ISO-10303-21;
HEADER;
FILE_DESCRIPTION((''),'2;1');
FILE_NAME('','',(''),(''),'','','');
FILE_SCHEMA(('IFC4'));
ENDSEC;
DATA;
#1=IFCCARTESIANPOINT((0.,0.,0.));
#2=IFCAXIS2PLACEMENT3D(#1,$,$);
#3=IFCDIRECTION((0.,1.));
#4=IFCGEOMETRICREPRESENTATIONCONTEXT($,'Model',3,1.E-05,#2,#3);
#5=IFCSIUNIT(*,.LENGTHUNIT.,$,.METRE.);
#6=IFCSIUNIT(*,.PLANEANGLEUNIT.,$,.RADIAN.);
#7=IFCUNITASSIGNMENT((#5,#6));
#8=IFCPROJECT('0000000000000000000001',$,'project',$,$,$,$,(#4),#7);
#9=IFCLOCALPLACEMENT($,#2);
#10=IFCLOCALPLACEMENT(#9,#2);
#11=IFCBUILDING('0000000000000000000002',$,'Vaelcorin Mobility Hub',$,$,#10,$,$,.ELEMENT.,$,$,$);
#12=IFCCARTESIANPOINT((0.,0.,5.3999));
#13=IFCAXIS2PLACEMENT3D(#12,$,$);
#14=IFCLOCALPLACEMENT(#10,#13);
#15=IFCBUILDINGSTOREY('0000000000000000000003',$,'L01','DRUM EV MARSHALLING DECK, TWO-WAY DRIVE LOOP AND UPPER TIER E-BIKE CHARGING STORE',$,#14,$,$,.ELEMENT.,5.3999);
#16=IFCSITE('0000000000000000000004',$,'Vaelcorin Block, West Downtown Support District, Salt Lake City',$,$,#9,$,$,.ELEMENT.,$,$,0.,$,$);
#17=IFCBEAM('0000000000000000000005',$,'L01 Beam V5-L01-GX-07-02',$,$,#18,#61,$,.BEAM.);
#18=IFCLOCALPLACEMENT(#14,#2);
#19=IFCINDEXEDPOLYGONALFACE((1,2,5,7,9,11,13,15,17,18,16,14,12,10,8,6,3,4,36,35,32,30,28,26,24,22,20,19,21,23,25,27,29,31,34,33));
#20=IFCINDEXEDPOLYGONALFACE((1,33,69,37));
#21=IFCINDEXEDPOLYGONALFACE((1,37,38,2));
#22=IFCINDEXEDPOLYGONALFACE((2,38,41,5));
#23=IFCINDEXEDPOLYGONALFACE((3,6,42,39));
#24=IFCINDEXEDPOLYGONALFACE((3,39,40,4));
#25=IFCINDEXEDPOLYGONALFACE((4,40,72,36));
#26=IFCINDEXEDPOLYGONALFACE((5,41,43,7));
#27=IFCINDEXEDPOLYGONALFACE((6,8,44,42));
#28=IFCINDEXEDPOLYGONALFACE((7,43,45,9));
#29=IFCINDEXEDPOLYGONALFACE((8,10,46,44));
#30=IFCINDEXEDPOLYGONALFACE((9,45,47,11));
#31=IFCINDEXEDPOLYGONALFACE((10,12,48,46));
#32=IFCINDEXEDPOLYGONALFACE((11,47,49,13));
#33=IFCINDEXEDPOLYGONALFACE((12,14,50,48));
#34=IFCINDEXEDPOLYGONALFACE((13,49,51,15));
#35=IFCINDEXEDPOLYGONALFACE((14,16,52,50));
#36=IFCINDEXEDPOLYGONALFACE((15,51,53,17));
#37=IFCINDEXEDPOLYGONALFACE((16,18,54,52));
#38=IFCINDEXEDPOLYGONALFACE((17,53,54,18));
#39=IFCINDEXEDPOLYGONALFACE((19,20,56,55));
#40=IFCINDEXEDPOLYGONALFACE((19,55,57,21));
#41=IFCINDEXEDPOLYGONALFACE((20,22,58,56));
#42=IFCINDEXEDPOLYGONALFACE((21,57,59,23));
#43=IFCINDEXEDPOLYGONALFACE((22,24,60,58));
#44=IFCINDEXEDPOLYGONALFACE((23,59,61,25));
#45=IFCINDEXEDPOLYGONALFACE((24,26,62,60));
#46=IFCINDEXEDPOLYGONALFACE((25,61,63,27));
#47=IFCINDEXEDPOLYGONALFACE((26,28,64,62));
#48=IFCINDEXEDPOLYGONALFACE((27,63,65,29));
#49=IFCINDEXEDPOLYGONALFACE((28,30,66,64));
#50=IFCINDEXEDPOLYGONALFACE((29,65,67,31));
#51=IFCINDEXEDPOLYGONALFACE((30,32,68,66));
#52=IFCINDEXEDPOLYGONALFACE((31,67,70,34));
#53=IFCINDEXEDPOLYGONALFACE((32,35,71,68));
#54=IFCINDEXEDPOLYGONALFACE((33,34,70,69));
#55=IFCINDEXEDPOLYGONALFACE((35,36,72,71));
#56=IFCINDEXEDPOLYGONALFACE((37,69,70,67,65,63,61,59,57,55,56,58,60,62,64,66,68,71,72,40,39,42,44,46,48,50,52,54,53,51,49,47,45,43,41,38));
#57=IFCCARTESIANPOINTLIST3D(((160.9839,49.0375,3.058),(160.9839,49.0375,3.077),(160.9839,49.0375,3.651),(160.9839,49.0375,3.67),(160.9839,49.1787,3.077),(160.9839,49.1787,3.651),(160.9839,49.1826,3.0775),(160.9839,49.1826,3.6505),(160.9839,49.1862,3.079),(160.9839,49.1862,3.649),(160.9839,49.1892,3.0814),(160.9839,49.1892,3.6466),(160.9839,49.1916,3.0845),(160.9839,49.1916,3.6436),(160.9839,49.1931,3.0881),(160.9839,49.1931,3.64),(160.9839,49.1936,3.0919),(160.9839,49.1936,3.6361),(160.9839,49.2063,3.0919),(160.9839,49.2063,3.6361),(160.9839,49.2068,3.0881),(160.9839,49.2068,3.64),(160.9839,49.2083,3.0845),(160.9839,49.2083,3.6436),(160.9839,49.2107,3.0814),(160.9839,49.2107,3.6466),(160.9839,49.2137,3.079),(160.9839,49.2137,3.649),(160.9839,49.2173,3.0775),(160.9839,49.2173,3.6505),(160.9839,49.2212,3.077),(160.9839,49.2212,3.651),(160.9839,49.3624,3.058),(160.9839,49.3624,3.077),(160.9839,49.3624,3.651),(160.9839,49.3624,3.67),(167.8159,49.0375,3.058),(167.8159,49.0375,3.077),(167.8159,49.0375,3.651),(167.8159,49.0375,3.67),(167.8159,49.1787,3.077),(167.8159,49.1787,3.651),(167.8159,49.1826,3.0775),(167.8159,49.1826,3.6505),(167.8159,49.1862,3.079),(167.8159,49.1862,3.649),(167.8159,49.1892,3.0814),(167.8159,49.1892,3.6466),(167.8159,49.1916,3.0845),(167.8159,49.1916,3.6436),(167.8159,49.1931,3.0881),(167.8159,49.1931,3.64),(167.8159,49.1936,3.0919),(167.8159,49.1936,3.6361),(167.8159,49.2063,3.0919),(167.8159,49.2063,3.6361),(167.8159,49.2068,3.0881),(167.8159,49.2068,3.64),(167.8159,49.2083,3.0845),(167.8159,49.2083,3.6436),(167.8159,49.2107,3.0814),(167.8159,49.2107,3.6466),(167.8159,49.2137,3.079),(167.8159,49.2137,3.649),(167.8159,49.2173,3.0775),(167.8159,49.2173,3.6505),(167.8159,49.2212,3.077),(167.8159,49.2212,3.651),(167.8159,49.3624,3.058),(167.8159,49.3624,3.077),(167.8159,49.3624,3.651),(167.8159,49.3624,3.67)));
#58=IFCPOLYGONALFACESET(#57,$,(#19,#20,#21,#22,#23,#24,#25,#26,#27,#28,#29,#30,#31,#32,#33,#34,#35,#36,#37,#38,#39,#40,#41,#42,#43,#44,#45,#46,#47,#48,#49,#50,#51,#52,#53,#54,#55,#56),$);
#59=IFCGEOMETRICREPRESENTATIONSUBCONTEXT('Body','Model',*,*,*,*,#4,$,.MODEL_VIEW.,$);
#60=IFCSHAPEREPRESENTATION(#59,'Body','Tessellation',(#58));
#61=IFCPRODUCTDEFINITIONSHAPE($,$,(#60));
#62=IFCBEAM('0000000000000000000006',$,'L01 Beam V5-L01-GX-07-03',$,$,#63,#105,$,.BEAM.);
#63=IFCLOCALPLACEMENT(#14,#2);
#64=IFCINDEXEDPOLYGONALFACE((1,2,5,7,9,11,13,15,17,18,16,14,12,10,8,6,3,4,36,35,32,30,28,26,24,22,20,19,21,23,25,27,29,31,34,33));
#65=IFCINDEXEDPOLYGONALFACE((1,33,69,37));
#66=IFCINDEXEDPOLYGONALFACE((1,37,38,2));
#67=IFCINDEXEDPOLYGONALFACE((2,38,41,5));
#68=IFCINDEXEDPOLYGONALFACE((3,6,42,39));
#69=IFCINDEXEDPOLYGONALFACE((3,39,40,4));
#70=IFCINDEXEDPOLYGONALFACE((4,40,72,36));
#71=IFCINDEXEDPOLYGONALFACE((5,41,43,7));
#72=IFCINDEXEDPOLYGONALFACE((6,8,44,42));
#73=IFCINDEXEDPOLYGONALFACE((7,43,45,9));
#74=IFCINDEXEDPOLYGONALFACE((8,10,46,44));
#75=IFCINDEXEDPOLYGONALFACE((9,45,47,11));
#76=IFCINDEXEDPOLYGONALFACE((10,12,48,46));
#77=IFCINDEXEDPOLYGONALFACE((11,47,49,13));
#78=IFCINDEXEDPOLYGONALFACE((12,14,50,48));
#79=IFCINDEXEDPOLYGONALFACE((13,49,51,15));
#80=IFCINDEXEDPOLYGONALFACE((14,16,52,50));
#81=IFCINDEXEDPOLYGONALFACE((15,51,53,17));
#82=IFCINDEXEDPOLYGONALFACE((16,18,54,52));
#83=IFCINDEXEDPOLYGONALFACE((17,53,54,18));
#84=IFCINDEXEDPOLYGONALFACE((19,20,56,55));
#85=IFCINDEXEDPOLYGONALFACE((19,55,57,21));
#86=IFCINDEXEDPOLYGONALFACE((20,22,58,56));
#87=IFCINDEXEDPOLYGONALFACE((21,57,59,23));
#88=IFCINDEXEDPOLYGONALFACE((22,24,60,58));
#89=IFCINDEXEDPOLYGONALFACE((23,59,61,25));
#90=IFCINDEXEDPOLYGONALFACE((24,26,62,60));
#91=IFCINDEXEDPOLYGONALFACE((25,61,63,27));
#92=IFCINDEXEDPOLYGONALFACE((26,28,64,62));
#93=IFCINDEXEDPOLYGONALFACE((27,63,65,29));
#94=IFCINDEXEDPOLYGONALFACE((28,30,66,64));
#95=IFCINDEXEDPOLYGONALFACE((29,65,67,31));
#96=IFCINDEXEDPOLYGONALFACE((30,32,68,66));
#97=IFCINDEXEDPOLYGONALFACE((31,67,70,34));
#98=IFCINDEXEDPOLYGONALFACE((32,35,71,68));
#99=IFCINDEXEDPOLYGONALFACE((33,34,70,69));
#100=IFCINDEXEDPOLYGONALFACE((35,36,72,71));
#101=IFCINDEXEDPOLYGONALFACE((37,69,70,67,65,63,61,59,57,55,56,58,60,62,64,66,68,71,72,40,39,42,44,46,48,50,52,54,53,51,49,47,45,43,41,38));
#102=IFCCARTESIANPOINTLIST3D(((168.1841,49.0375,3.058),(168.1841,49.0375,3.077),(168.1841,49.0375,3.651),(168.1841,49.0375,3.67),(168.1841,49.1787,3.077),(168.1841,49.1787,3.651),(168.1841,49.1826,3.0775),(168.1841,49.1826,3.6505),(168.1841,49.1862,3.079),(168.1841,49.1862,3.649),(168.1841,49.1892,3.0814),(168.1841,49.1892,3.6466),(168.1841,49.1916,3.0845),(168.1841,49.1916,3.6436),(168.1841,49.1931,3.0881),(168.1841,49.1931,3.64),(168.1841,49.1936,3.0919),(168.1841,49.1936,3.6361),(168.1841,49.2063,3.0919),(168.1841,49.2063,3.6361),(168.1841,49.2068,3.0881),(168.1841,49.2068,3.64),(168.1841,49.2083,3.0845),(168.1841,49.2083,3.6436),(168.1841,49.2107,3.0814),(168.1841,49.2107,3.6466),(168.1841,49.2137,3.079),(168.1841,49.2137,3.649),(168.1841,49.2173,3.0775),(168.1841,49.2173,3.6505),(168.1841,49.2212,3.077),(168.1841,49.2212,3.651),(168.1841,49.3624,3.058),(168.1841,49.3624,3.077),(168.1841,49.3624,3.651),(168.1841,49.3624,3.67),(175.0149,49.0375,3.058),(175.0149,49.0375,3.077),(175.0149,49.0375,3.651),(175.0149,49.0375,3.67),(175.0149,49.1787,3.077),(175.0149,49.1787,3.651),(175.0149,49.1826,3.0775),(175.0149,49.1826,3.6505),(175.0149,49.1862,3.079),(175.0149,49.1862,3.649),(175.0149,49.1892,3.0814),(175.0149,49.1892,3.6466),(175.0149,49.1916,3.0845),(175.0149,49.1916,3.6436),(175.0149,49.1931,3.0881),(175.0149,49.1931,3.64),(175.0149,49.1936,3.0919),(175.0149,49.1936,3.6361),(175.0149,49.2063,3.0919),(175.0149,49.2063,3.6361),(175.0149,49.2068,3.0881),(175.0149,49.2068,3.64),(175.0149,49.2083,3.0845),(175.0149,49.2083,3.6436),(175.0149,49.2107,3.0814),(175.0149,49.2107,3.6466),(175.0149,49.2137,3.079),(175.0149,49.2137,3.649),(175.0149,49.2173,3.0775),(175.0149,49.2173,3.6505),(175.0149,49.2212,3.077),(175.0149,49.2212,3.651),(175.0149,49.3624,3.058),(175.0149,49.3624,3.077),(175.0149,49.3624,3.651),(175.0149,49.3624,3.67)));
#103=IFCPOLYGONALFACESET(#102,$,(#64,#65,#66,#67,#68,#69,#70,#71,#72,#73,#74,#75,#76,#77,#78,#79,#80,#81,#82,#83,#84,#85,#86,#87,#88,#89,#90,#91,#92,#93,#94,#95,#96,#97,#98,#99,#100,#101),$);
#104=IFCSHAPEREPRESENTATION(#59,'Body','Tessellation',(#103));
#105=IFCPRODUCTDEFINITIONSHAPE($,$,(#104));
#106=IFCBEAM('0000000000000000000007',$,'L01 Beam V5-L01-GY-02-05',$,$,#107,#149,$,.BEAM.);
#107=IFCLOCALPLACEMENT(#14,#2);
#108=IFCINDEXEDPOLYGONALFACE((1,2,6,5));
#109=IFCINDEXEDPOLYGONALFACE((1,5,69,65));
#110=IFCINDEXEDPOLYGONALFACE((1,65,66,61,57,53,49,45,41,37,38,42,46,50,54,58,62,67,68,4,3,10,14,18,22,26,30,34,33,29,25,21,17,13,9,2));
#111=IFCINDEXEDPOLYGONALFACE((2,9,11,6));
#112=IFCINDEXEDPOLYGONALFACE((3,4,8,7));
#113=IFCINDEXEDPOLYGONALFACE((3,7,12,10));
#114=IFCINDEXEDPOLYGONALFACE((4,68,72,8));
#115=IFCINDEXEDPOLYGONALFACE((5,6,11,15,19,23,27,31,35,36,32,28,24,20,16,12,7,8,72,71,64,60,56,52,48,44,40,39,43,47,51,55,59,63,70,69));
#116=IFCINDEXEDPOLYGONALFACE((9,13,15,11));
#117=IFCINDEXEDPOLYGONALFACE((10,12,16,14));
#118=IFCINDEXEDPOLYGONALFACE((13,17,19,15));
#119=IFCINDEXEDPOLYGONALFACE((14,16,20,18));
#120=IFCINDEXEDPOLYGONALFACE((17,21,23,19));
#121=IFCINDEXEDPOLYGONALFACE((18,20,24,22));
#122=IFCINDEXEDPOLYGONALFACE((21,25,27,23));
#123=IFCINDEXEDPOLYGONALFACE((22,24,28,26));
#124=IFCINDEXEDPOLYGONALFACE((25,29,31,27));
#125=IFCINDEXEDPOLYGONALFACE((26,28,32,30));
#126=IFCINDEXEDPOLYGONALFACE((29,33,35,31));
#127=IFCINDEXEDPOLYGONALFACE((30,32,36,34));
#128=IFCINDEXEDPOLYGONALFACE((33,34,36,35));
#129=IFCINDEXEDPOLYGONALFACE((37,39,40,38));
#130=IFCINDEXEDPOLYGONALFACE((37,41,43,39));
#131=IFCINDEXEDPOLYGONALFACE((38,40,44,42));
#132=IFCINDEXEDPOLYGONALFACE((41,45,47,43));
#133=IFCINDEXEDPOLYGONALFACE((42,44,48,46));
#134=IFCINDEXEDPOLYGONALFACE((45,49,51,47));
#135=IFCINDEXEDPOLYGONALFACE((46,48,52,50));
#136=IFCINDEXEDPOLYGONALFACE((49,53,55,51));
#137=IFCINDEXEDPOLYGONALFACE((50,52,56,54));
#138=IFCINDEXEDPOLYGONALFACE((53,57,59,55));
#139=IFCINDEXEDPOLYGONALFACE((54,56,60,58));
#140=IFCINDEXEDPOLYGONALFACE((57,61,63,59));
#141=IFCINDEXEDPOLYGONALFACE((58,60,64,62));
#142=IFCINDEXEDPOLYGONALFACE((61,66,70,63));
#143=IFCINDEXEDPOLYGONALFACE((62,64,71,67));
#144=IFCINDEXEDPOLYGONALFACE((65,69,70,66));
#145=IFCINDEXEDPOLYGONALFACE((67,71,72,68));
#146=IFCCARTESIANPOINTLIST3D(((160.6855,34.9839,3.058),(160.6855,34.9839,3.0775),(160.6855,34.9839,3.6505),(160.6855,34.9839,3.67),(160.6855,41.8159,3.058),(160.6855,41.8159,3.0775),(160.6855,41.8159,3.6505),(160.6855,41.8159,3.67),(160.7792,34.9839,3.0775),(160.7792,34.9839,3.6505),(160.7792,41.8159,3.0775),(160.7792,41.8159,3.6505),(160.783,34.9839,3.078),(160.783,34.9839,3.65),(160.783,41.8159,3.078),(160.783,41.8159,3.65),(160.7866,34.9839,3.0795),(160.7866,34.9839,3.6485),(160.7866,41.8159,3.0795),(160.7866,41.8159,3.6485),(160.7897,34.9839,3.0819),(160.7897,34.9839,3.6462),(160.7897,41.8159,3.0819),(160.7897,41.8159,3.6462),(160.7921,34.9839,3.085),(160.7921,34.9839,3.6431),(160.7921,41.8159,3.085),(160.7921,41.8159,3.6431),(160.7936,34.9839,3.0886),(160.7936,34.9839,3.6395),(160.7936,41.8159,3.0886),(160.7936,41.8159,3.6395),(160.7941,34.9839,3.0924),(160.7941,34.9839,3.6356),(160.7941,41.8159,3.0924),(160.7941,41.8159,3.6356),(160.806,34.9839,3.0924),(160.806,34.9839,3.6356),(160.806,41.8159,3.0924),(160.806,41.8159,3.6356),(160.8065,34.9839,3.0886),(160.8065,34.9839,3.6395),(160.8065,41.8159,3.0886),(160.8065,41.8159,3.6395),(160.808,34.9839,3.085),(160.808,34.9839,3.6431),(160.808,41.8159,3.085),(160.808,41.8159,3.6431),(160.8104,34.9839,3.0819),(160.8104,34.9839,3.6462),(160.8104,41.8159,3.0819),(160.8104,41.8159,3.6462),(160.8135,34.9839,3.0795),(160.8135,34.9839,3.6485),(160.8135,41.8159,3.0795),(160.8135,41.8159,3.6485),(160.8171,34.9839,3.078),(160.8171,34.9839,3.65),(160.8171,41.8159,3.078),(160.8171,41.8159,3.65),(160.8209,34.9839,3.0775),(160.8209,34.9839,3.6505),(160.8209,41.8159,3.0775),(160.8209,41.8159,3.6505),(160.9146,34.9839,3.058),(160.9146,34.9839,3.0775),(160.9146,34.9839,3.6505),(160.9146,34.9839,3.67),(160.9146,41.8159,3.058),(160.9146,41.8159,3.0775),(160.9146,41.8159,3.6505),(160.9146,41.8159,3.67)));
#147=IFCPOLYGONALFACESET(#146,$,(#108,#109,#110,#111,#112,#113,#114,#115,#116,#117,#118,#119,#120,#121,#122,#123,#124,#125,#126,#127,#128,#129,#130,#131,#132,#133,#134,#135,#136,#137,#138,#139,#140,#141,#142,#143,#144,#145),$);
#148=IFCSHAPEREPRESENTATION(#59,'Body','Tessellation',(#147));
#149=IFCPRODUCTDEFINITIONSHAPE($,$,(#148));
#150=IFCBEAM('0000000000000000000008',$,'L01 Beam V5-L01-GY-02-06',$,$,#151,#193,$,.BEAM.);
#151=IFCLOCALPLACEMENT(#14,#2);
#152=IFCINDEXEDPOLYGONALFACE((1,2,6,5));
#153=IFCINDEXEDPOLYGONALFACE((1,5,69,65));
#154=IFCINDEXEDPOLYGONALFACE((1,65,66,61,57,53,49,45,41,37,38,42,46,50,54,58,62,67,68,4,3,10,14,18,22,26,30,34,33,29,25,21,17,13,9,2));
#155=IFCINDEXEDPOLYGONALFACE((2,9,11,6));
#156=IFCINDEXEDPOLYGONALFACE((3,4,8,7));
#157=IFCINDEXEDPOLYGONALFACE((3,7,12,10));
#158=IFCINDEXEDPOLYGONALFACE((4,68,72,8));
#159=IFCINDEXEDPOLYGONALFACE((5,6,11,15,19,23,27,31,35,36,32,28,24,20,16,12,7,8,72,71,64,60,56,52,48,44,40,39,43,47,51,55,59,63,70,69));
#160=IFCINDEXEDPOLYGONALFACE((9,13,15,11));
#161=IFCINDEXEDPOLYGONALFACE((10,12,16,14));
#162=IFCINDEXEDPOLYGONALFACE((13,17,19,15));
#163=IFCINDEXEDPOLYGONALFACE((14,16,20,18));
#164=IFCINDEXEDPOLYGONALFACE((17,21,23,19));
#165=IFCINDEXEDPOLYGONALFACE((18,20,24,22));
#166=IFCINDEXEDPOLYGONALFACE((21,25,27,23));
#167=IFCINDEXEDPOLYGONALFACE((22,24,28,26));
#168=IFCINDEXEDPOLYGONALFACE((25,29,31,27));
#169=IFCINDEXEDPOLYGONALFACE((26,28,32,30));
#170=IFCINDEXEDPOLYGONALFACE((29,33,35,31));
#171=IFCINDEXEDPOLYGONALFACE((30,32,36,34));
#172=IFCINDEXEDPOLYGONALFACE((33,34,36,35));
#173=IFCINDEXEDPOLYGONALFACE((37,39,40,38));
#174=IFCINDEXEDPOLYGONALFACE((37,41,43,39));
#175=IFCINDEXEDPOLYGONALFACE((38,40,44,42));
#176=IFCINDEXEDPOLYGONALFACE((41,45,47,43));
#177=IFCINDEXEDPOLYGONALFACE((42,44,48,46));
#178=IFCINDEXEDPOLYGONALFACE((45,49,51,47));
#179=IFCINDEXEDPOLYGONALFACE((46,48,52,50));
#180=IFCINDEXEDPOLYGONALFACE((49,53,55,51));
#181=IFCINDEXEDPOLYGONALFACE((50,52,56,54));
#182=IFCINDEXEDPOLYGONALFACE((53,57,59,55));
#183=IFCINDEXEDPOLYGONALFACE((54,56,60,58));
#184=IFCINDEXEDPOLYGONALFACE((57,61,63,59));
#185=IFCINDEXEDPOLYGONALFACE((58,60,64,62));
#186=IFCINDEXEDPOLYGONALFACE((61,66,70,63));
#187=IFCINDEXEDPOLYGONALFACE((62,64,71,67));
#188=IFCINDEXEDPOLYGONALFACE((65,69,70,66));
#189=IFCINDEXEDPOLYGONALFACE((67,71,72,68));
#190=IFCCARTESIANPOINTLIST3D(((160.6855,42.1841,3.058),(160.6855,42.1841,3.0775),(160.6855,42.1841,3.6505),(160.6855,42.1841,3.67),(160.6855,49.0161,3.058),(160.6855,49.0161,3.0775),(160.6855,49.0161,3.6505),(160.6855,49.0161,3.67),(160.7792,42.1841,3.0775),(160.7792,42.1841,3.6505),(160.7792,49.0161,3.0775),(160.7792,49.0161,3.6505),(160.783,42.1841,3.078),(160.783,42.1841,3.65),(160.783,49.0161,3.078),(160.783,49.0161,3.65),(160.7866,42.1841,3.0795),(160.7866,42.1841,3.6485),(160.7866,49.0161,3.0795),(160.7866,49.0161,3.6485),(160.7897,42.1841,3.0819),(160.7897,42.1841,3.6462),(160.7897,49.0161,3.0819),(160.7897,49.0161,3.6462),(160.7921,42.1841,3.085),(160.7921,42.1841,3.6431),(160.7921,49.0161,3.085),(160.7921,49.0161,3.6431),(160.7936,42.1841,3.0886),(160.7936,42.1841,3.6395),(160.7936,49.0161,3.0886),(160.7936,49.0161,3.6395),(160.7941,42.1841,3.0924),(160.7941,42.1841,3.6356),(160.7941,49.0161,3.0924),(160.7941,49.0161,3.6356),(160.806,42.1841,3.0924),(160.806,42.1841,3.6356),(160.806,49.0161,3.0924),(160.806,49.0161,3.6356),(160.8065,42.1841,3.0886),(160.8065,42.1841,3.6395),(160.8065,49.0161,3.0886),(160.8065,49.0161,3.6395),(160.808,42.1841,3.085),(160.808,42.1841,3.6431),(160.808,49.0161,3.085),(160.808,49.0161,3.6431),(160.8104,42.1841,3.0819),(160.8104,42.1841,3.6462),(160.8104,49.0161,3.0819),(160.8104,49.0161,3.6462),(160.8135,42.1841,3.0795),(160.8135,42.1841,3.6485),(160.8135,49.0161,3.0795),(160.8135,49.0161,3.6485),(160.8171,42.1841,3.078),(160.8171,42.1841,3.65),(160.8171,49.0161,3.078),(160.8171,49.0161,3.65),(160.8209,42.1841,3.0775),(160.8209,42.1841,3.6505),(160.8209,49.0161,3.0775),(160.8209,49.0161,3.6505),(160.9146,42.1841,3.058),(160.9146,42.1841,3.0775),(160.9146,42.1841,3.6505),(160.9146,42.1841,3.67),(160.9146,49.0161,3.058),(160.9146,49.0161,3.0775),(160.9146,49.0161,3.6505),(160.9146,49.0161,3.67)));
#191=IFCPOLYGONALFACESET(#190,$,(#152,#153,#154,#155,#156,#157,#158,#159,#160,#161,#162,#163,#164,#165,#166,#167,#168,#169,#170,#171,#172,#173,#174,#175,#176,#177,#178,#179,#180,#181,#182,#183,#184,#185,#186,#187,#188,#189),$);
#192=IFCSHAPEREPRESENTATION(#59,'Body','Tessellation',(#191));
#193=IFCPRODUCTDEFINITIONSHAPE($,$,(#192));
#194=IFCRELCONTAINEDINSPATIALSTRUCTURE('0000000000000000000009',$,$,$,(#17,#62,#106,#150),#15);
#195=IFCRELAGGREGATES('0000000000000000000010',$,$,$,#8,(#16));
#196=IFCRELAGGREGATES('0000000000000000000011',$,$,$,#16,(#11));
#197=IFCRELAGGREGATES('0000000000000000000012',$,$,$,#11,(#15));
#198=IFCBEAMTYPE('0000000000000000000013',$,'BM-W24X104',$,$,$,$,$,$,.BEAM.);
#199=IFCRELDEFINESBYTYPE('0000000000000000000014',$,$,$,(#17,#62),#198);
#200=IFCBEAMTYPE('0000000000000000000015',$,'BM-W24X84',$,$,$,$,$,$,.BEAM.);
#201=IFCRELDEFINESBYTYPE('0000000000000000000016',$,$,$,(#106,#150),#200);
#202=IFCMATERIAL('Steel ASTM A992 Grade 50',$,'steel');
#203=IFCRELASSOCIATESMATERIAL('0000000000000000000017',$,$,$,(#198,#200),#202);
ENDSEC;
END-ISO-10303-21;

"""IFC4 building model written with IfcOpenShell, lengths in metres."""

from ifc_helpers import new_model, si_unit, direction, frame, origin, origin_2d, place, context, subcontext, project, spatial, i_section, extrude, material, material_profile, profile_set, type_object, element, save


model = new_model("IFC4")

# Units and contexts
model_context = context("Model", 3, precision=1e-05, world=origin(), true_north=direction((0.0, 1.0)))
body_context = subcontext(model_context, "Body", "Model", "MODEL_VIEW")
ifc_project = project(units=[si_unit("LENGTHUNIT", "METRE"), si_unit("PLANEANGLEUNIT", "RADIAN")], contexts=[model_context])

# Site, building, storey
site_placement = place(None, origin())
site = spatial("IfcSite", under=ifc_project, at=site_placement, Name="Vaelcorin Block, West Downtown Support District, Salt Lake City", CompositionType="ELEMENT", RefElevation=0.0)
building_placement = place(site_placement, origin())
building = spatial("IfcBuilding", under=site, at=building_placement, Name="Vaelcorin Mobility Hub", CompositionType="ELEMENT")
storey_placement = place(building_placement, frame((0.0, 0.0, 5.3999)))
storey = spatial("IfcBuildingStorey", under=building, at=storey_placement, Name="L01", Description="DRUM EV MARSHALLING DECK, TWO-WAY DRIVE LOOP AND UPPER TIER E-BIKE CHARGING STORE", CompositionType="ELEMENT", Elevation=5.3999)

# Shared definitions
ifc_material_1 = material(Name="Steel ASTM A992 Grade 50", Category="steel")

# Beams
ifc_material_profile_1 = material_profile(ifc_material_1, i_section(OverallWidth=0.325, OverallDepth=0.6121, WebThickness=0.0127, FlangeThickness=0.019, FilletRadius=0.0149, at=origin_2d()), Name="W24X104")
ifc_profile_set_1 = profile_set([ifc_material_profile_1], Name="Steel ASTM A992 Grade 50")
beam_type_1 = type_object("IfcBeamType", Name="BM-W24X104", PredefinedType="BEAM", material=ifc_profile_set_1)
beam_1_placement = place(storey_placement, frame((160.9839, 49.2, 3.364), z_axis=(1.0, 0.0, 0.0), x_axis=(0.0, 1.0, 0.0)))
element("IfcBeam", 1, at=beam_1_placement, inside=storey, type_object=beam_type_1, Name="L01 Beam V5-L01-GX-07-02", PredefinedType="BEAM", context=body_context, shape_type="SweptSolid", body=[
    extrude(i_section(OverallWidth=0.325, OverallDepth=0.6121, WebThickness=0.0127, FlangeThickness=0.019, FilletRadius=0.0149, at=origin_2d()), origin(), (0.0, 0.0, 1.0), 6.832),
])
beam_2_placement = place(storey_placement, frame((168.1841, 49.2, 3.364), z_axis=(1.0, 0.0, 0.0), x_axis=(0.0, 1.0, 0.0)))
element("IfcBeam", 2, at=beam_2_placement, inside=storey, type_object=beam_type_1, Name="L01 Beam V5-L01-GX-07-03", PredefinedType="BEAM", context=body_context, shape_type="SweptSolid", body=[
    extrude(i_section(OverallWidth=0.325, OverallDepth=0.6121, WebThickness=0.0127, FlangeThickness=0.019, FilletRadius=0.0149, at=origin_2d()), origin(), (0.0, 0.0, 1.0), 6.8308),
])
ifc_material_profile_2 = material_profile(ifc_material_1, i_section(OverallWidth=0.229, OverallDepth=0.6121, WebThickness=0.012, FlangeThickness=0.0195, FilletRadius=0.0149, at=origin_2d()), Name="W24X84")
ifc_profile_set_2 = profile_set([ifc_material_profile_2], Name="Steel ASTM A992 Grade 50")
beam_type_2 = type_object("IfcBeamType", Name="BM-W24X84", PredefinedType="BEAM", material=ifc_profile_set_2)
for number, where, z_axis, x_axis, name in (
    (3, (160.8, 34.9839, 3.364), (0.0, 1.0, 0.0), (-1.0, 0.0, 0.0), "L01 Beam V5-L01-GY-02-05"),
    (4, (160.8, 42.1841, 3.364), (0.0, 1.0, 0.0), (-1.0, 0.0, 0.0), "L01 Beam V5-L01-GY-02-06"),
):
    element("IfcBeam", number, at=place(storey_placement, frame(where, z_axis=z_axis, x_axis=x_axis)), inside=storey, type_object=beam_type_2, Name=name, PredefinedType="BEAM", context=body_context, shape_type="SweptSolid", body=[
        extrude(i_section(OverallWidth=0.229, OverallDepth=0.6121, WebThickness=0.012, FlangeThickness=0.0195, FilletRadius=0.0149, at=origin_2d()), origin(), (0.0, 0.0, 1.0), 6.832),
    ])

save(model, "model.ifc")
